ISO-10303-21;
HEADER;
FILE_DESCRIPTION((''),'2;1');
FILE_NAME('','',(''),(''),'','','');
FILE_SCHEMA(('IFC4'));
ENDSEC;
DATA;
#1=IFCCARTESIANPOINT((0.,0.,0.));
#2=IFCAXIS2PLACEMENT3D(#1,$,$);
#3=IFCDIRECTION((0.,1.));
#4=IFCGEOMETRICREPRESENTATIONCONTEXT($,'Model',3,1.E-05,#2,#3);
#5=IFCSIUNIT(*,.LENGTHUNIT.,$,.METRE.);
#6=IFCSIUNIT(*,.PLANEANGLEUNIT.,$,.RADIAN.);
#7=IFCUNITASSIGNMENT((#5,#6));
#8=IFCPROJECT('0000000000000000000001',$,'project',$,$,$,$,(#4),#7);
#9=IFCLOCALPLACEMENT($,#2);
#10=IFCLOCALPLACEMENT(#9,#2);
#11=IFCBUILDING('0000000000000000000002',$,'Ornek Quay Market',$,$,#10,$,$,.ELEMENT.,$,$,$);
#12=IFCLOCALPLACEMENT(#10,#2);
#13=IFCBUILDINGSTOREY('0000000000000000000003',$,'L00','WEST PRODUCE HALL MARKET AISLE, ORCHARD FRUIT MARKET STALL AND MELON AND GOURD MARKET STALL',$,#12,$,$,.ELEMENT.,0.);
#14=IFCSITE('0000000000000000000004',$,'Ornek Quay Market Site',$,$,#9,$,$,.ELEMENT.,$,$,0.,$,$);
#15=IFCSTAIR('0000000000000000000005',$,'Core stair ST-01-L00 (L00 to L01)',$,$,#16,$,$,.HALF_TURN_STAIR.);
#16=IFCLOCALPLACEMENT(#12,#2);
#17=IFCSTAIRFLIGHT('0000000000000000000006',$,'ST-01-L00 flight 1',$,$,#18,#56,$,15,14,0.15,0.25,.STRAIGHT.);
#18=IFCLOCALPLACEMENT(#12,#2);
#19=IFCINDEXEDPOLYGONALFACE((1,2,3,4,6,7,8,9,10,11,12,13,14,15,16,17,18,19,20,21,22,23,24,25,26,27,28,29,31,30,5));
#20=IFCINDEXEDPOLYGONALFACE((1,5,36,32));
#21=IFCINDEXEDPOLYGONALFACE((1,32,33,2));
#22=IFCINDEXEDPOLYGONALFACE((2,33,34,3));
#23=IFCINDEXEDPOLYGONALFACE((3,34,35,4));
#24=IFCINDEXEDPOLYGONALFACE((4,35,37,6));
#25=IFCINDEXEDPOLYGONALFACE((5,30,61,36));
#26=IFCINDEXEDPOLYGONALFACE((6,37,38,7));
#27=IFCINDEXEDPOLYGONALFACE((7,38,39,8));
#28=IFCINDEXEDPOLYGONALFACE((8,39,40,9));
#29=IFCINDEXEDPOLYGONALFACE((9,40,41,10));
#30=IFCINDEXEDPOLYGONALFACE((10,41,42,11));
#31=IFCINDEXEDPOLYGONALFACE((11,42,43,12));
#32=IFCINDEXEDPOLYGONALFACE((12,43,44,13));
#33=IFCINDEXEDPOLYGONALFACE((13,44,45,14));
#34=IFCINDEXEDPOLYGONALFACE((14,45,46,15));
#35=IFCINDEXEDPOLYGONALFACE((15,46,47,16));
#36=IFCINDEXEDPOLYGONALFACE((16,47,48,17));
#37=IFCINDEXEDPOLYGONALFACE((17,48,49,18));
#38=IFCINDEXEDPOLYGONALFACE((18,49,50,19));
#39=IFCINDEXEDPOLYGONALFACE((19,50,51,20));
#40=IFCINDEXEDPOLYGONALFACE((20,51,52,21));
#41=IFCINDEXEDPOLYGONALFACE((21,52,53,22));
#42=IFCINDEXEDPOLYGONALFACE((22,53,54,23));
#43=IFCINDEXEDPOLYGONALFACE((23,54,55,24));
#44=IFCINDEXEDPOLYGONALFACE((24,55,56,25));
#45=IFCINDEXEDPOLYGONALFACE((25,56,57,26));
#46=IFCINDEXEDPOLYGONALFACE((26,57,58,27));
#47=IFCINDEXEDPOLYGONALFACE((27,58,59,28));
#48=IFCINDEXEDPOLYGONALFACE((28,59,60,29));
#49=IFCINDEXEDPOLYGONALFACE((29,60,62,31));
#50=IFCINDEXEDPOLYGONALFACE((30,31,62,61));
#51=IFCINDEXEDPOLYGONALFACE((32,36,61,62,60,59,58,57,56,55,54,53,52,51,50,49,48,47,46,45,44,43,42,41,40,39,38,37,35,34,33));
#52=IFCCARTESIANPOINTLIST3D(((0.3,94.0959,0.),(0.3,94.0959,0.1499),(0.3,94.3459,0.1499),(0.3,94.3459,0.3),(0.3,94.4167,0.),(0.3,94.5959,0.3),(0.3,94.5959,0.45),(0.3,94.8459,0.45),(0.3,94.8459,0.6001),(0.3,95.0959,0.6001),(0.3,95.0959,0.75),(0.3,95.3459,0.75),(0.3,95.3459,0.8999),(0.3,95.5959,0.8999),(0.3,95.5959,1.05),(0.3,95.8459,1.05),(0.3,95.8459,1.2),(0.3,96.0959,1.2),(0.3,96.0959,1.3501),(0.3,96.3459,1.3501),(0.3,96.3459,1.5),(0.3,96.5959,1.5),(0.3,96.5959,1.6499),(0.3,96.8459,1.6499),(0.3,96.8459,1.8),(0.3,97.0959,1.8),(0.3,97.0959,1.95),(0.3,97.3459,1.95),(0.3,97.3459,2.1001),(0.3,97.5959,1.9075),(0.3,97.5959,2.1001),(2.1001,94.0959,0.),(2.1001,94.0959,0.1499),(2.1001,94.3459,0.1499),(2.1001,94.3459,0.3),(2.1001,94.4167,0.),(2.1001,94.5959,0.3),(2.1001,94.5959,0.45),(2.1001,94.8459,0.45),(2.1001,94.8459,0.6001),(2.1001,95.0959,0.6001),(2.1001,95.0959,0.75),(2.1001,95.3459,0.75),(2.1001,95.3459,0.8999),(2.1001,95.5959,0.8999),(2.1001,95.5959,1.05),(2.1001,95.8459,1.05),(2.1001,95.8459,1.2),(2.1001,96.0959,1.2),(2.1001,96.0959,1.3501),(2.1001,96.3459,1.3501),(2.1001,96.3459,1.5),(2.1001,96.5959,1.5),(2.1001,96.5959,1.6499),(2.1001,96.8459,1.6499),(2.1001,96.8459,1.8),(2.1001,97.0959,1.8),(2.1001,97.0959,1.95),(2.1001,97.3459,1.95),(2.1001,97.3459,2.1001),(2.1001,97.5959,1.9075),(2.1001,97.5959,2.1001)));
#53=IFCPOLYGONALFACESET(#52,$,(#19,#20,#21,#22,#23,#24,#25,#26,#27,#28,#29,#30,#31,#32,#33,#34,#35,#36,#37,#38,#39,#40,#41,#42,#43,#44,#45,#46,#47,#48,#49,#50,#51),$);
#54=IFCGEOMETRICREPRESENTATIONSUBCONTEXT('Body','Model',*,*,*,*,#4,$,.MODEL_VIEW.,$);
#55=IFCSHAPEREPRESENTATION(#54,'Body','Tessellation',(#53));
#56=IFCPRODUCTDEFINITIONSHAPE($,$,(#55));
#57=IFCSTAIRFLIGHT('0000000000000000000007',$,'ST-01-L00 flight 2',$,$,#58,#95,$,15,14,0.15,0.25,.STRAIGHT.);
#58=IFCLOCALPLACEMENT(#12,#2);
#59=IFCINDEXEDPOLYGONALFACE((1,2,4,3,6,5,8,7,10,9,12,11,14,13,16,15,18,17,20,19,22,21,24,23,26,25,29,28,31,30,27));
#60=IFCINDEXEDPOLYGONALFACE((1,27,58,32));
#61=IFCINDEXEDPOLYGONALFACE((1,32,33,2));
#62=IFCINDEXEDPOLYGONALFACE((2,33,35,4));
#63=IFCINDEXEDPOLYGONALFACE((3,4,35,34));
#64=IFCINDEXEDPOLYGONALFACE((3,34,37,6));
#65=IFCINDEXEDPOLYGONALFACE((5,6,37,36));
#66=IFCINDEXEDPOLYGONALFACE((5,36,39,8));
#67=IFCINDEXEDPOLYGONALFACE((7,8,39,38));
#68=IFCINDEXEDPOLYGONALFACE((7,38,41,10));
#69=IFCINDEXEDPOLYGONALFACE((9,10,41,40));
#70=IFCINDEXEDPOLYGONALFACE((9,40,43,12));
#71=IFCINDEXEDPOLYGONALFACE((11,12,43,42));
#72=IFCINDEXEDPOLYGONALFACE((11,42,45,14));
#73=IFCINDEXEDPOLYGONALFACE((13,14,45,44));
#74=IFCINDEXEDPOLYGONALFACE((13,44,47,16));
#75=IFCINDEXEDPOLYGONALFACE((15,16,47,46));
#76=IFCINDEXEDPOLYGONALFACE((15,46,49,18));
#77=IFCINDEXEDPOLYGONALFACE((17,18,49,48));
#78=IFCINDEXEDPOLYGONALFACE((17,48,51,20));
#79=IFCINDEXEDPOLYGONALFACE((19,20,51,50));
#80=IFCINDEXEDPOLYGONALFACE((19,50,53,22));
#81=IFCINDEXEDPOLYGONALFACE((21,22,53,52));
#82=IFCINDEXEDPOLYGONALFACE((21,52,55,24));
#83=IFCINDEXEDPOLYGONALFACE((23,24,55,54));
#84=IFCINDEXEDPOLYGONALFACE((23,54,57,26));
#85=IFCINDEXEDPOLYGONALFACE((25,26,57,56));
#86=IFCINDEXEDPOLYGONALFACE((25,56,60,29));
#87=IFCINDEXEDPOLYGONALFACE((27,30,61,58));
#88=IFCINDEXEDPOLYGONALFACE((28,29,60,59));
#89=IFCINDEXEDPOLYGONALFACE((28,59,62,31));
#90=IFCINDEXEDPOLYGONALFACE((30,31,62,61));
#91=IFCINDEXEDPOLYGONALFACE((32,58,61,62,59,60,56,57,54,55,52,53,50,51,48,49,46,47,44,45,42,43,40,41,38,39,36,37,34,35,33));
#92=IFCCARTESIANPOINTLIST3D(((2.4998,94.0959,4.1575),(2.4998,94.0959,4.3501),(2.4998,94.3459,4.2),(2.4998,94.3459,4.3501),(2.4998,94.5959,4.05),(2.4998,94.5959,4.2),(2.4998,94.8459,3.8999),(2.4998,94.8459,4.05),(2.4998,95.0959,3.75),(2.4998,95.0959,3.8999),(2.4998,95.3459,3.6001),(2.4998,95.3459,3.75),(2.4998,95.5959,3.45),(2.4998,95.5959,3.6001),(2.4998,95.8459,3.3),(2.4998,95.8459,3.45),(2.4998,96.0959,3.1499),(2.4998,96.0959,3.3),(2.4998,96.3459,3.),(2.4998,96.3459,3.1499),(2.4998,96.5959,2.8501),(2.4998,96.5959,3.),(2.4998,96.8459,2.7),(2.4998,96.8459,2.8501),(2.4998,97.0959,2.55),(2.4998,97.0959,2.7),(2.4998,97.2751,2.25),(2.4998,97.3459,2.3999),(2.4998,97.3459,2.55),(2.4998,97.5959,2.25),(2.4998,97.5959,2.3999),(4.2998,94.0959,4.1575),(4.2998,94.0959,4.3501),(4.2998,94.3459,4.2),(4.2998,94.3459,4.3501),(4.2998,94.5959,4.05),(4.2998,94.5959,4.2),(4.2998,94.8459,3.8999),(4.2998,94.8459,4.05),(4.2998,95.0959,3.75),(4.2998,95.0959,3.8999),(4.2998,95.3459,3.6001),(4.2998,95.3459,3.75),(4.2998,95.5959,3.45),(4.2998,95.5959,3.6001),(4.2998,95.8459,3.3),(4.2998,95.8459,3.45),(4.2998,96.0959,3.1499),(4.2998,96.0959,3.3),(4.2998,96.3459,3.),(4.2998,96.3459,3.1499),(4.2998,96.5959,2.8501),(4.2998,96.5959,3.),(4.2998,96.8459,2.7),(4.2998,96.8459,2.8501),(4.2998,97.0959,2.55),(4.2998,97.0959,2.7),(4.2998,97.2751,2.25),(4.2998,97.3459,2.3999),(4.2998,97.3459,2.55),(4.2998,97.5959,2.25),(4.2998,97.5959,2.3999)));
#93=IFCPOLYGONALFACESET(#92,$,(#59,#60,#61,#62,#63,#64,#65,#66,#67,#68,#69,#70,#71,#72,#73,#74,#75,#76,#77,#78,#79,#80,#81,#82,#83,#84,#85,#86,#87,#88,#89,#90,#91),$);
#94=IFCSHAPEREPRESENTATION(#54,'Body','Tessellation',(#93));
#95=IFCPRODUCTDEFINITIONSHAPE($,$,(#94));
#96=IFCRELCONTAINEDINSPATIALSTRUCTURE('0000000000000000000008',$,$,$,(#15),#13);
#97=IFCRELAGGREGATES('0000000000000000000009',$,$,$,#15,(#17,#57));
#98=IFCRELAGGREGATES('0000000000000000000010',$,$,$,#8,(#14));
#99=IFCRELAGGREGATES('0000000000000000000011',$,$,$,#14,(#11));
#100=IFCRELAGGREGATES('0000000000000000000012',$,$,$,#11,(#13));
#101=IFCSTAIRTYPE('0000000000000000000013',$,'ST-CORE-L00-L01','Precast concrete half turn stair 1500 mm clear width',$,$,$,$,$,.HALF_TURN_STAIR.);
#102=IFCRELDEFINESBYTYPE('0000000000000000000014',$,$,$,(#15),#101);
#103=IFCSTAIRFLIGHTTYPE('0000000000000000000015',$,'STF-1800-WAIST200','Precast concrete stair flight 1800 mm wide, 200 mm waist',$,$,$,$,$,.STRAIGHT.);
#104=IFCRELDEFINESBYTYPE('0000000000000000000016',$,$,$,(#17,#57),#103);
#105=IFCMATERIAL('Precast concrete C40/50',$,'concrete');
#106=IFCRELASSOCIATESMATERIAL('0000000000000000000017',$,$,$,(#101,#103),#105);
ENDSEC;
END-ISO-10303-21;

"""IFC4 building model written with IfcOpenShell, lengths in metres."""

from ifc_helpers import new_model, si_unit, direction, frame, origin, place, context, subcontext, project, spatial, polyline, outline, extrude, material, type_object, element, aggregate, save


model = new_model("IFC4")

# Units and contexts
model_context = context("Model", 3, precision=1e-05, world=origin(), true_north=direction((0.0, 1.0)))
body_context = subcontext(model_context, "Body", "Model", "MODEL_VIEW")
ifc_project = project(units=[si_unit("LENGTHUNIT", "METRE"), si_unit("PLANEANGLEUNIT", "RADIAN")], contexts=[model_context])

# Site, building, storey
site_placement = place(None, origin())
site = spatial("IfcSite", under=ifc_project, at=site_placement, Name="Ornek Quay Market Site", CompositionType="ELEMENT", RefElevation=0.0)
building_placement = place(site_placement, origin())
building = spatial("IfcBuilding", under=site, at=building_placement, Name="Ornek Quay Market", CompositionType="ELEMENT")
storey_placement = place(building_placement, origin())
storey = spatial("IfcBuildingStorey", under=building, at=storey_placement, Name="L00", Description="WEST PRODUCE HALL MARKET AISLE, ORCHARD FRUIT MARKET STALL AND MELON AND GOURD MARKET STALL", CompositionType="ELEMENT", Elevation=0.0)

# Stair, stair flights
ifc_material_1 = material(Name="Precast concrete C40/50", Category="concrete")
stair_type = type_object("IfcStairType", Name="ST-CORE-L00-L01", Description="Precast concrete half turn stair 1500 mm clear width", PredefinedType="HALF_TURN_STAIR", material=ifc_material_1)
stair_placement = place(storey_placement, origin())
stair = element("IfcStair", 1, at=stair_placement, inside=storey, type_object=stair_type, Name="Core stair ST-01-L00 (L00 to L01)", PredefinedType="HALF_TURN_STAIR")
stair_flight_type = type_object("IfcStairFlightType", Name="STF-1800-WAIST200", Description="Precast concrete stair flight 1800 mm wide, 200 mm waist", PredefinedType="STRAIGHT", material=ifc_material_1)
stair_flight_1_placement = place(storey_placement, frame((1.2, 94.0959, 0.0), z_axis=(0.0, 0.0, 1.0), x_axis=(0.0, 1.0, 0.0)))
stair_flight_1 = element("IfcStairFlight", 2, at=stair_flight_1_placement, type_object=stair_flight_type, Name="ST-01-L00 flight 1", NumberOfRisers=15, NumberOfTreads=14, PredefinedType="STRAIGHT", RiserHeight=0.15, TreadLength=0.25, context=body_context, shape_type="SweptSolid", body=[
    extrude(outline(polyline([(0.0, 0.0), (0.0, 0.1499), (0.25, 0.1499), (0.25, 0.3), (0.5, 0.3), (0.5, 0.45), (0.75, 0.45), (0.75, 0.6001), (1.0, 0.6001), (1.0, 0.75), (1.25, 0.75), (1.25, 0.8999), (1.5, 0.8999), (1.5, 1.05), (1.75, 1.05), (1.75, 1.2), (2.0, 1.2), (2.0, 1.3501), (2.25, 1.3501), (2.25, 1.5), (2.5, 1.5), (2.5, 1.6499), (2.75, 1.6499), (2.75, 1.8), (3.0, 1.8), (3.0, 1.95), (3.25, 1.95), (3.25, 2.1001), (3.5, 2.1001), (3.5, 2.25), (3.5, 1.9075), (0.3208, 0.0), (0.0, 0.0)])), frame((0.0, 0.8999, 0.0), z_axis=(0.0, -1.0, 0.0), x_axis=(1.0, 0.0, 0.0)), (0.0, 0.0, 1.0), 1.8),
])
stair_flight_2_placement = place(storey_placement, frame((3.3999, 97.5959, 2.25), z_axis=(0.0, 0.0, 1.0), x_axis=(0.0, -1.0, 0.0)))
stair_flight_2 = element("IfcStairFlight", 3, at=stair_flight_2_placement, type_object=stair_flight_type, Name="ST-01-L00 flight 2", NumberOfRisers=15, NumberOfTreads=14, PredefinedType="STRAIGHT", RiserHeight=0.15, TreadLength=0.25, context=body_context, shape_type="SweptSolid", body=[
    extrude(outline(polyline([(0.0, 0.0), (0.0, 0.1499), (0.25, 0.1499), (0.25, 0.3), (0.5, 0.3), (0.5, 0.45), (0.75, 0.45), (0.75, 0.6001), (1.0, 0.6001), (1.0, 0.75), (1.25, 0.75), (1.25, 0.8999), (1.5, 0.8999), (1.5, 1.05), (1.75, 1.05), (1.75, 1.2), (2.0, 1.2), (2.0, 1.3501), (2.25, 1.3501), (2.25, 1.5), (2.5, 1.5), (2.5, 1.6499), (2.75, 1.6499), (2.75, 1.8), (3.0, 1.8), (3.0, 1.95), (3.25, 1.95), (3.25, 2.1001), (3.5, 2.1001), (3.5, 2.25), (3.5, 1.9075), (0.3208, 0.0), (0.0, 0.0)])), frame((0.0, 0.8999, 0.0), z_axis=(0.0, -1.0, 0.0), x_axis=(1.0, 0.0, 0.0)), (0.0, 0.0, 1.0), 1.8),
])
aggregate(stair, [stair_flight_1, stair_flight_2])

save(model, "model.ifc")
